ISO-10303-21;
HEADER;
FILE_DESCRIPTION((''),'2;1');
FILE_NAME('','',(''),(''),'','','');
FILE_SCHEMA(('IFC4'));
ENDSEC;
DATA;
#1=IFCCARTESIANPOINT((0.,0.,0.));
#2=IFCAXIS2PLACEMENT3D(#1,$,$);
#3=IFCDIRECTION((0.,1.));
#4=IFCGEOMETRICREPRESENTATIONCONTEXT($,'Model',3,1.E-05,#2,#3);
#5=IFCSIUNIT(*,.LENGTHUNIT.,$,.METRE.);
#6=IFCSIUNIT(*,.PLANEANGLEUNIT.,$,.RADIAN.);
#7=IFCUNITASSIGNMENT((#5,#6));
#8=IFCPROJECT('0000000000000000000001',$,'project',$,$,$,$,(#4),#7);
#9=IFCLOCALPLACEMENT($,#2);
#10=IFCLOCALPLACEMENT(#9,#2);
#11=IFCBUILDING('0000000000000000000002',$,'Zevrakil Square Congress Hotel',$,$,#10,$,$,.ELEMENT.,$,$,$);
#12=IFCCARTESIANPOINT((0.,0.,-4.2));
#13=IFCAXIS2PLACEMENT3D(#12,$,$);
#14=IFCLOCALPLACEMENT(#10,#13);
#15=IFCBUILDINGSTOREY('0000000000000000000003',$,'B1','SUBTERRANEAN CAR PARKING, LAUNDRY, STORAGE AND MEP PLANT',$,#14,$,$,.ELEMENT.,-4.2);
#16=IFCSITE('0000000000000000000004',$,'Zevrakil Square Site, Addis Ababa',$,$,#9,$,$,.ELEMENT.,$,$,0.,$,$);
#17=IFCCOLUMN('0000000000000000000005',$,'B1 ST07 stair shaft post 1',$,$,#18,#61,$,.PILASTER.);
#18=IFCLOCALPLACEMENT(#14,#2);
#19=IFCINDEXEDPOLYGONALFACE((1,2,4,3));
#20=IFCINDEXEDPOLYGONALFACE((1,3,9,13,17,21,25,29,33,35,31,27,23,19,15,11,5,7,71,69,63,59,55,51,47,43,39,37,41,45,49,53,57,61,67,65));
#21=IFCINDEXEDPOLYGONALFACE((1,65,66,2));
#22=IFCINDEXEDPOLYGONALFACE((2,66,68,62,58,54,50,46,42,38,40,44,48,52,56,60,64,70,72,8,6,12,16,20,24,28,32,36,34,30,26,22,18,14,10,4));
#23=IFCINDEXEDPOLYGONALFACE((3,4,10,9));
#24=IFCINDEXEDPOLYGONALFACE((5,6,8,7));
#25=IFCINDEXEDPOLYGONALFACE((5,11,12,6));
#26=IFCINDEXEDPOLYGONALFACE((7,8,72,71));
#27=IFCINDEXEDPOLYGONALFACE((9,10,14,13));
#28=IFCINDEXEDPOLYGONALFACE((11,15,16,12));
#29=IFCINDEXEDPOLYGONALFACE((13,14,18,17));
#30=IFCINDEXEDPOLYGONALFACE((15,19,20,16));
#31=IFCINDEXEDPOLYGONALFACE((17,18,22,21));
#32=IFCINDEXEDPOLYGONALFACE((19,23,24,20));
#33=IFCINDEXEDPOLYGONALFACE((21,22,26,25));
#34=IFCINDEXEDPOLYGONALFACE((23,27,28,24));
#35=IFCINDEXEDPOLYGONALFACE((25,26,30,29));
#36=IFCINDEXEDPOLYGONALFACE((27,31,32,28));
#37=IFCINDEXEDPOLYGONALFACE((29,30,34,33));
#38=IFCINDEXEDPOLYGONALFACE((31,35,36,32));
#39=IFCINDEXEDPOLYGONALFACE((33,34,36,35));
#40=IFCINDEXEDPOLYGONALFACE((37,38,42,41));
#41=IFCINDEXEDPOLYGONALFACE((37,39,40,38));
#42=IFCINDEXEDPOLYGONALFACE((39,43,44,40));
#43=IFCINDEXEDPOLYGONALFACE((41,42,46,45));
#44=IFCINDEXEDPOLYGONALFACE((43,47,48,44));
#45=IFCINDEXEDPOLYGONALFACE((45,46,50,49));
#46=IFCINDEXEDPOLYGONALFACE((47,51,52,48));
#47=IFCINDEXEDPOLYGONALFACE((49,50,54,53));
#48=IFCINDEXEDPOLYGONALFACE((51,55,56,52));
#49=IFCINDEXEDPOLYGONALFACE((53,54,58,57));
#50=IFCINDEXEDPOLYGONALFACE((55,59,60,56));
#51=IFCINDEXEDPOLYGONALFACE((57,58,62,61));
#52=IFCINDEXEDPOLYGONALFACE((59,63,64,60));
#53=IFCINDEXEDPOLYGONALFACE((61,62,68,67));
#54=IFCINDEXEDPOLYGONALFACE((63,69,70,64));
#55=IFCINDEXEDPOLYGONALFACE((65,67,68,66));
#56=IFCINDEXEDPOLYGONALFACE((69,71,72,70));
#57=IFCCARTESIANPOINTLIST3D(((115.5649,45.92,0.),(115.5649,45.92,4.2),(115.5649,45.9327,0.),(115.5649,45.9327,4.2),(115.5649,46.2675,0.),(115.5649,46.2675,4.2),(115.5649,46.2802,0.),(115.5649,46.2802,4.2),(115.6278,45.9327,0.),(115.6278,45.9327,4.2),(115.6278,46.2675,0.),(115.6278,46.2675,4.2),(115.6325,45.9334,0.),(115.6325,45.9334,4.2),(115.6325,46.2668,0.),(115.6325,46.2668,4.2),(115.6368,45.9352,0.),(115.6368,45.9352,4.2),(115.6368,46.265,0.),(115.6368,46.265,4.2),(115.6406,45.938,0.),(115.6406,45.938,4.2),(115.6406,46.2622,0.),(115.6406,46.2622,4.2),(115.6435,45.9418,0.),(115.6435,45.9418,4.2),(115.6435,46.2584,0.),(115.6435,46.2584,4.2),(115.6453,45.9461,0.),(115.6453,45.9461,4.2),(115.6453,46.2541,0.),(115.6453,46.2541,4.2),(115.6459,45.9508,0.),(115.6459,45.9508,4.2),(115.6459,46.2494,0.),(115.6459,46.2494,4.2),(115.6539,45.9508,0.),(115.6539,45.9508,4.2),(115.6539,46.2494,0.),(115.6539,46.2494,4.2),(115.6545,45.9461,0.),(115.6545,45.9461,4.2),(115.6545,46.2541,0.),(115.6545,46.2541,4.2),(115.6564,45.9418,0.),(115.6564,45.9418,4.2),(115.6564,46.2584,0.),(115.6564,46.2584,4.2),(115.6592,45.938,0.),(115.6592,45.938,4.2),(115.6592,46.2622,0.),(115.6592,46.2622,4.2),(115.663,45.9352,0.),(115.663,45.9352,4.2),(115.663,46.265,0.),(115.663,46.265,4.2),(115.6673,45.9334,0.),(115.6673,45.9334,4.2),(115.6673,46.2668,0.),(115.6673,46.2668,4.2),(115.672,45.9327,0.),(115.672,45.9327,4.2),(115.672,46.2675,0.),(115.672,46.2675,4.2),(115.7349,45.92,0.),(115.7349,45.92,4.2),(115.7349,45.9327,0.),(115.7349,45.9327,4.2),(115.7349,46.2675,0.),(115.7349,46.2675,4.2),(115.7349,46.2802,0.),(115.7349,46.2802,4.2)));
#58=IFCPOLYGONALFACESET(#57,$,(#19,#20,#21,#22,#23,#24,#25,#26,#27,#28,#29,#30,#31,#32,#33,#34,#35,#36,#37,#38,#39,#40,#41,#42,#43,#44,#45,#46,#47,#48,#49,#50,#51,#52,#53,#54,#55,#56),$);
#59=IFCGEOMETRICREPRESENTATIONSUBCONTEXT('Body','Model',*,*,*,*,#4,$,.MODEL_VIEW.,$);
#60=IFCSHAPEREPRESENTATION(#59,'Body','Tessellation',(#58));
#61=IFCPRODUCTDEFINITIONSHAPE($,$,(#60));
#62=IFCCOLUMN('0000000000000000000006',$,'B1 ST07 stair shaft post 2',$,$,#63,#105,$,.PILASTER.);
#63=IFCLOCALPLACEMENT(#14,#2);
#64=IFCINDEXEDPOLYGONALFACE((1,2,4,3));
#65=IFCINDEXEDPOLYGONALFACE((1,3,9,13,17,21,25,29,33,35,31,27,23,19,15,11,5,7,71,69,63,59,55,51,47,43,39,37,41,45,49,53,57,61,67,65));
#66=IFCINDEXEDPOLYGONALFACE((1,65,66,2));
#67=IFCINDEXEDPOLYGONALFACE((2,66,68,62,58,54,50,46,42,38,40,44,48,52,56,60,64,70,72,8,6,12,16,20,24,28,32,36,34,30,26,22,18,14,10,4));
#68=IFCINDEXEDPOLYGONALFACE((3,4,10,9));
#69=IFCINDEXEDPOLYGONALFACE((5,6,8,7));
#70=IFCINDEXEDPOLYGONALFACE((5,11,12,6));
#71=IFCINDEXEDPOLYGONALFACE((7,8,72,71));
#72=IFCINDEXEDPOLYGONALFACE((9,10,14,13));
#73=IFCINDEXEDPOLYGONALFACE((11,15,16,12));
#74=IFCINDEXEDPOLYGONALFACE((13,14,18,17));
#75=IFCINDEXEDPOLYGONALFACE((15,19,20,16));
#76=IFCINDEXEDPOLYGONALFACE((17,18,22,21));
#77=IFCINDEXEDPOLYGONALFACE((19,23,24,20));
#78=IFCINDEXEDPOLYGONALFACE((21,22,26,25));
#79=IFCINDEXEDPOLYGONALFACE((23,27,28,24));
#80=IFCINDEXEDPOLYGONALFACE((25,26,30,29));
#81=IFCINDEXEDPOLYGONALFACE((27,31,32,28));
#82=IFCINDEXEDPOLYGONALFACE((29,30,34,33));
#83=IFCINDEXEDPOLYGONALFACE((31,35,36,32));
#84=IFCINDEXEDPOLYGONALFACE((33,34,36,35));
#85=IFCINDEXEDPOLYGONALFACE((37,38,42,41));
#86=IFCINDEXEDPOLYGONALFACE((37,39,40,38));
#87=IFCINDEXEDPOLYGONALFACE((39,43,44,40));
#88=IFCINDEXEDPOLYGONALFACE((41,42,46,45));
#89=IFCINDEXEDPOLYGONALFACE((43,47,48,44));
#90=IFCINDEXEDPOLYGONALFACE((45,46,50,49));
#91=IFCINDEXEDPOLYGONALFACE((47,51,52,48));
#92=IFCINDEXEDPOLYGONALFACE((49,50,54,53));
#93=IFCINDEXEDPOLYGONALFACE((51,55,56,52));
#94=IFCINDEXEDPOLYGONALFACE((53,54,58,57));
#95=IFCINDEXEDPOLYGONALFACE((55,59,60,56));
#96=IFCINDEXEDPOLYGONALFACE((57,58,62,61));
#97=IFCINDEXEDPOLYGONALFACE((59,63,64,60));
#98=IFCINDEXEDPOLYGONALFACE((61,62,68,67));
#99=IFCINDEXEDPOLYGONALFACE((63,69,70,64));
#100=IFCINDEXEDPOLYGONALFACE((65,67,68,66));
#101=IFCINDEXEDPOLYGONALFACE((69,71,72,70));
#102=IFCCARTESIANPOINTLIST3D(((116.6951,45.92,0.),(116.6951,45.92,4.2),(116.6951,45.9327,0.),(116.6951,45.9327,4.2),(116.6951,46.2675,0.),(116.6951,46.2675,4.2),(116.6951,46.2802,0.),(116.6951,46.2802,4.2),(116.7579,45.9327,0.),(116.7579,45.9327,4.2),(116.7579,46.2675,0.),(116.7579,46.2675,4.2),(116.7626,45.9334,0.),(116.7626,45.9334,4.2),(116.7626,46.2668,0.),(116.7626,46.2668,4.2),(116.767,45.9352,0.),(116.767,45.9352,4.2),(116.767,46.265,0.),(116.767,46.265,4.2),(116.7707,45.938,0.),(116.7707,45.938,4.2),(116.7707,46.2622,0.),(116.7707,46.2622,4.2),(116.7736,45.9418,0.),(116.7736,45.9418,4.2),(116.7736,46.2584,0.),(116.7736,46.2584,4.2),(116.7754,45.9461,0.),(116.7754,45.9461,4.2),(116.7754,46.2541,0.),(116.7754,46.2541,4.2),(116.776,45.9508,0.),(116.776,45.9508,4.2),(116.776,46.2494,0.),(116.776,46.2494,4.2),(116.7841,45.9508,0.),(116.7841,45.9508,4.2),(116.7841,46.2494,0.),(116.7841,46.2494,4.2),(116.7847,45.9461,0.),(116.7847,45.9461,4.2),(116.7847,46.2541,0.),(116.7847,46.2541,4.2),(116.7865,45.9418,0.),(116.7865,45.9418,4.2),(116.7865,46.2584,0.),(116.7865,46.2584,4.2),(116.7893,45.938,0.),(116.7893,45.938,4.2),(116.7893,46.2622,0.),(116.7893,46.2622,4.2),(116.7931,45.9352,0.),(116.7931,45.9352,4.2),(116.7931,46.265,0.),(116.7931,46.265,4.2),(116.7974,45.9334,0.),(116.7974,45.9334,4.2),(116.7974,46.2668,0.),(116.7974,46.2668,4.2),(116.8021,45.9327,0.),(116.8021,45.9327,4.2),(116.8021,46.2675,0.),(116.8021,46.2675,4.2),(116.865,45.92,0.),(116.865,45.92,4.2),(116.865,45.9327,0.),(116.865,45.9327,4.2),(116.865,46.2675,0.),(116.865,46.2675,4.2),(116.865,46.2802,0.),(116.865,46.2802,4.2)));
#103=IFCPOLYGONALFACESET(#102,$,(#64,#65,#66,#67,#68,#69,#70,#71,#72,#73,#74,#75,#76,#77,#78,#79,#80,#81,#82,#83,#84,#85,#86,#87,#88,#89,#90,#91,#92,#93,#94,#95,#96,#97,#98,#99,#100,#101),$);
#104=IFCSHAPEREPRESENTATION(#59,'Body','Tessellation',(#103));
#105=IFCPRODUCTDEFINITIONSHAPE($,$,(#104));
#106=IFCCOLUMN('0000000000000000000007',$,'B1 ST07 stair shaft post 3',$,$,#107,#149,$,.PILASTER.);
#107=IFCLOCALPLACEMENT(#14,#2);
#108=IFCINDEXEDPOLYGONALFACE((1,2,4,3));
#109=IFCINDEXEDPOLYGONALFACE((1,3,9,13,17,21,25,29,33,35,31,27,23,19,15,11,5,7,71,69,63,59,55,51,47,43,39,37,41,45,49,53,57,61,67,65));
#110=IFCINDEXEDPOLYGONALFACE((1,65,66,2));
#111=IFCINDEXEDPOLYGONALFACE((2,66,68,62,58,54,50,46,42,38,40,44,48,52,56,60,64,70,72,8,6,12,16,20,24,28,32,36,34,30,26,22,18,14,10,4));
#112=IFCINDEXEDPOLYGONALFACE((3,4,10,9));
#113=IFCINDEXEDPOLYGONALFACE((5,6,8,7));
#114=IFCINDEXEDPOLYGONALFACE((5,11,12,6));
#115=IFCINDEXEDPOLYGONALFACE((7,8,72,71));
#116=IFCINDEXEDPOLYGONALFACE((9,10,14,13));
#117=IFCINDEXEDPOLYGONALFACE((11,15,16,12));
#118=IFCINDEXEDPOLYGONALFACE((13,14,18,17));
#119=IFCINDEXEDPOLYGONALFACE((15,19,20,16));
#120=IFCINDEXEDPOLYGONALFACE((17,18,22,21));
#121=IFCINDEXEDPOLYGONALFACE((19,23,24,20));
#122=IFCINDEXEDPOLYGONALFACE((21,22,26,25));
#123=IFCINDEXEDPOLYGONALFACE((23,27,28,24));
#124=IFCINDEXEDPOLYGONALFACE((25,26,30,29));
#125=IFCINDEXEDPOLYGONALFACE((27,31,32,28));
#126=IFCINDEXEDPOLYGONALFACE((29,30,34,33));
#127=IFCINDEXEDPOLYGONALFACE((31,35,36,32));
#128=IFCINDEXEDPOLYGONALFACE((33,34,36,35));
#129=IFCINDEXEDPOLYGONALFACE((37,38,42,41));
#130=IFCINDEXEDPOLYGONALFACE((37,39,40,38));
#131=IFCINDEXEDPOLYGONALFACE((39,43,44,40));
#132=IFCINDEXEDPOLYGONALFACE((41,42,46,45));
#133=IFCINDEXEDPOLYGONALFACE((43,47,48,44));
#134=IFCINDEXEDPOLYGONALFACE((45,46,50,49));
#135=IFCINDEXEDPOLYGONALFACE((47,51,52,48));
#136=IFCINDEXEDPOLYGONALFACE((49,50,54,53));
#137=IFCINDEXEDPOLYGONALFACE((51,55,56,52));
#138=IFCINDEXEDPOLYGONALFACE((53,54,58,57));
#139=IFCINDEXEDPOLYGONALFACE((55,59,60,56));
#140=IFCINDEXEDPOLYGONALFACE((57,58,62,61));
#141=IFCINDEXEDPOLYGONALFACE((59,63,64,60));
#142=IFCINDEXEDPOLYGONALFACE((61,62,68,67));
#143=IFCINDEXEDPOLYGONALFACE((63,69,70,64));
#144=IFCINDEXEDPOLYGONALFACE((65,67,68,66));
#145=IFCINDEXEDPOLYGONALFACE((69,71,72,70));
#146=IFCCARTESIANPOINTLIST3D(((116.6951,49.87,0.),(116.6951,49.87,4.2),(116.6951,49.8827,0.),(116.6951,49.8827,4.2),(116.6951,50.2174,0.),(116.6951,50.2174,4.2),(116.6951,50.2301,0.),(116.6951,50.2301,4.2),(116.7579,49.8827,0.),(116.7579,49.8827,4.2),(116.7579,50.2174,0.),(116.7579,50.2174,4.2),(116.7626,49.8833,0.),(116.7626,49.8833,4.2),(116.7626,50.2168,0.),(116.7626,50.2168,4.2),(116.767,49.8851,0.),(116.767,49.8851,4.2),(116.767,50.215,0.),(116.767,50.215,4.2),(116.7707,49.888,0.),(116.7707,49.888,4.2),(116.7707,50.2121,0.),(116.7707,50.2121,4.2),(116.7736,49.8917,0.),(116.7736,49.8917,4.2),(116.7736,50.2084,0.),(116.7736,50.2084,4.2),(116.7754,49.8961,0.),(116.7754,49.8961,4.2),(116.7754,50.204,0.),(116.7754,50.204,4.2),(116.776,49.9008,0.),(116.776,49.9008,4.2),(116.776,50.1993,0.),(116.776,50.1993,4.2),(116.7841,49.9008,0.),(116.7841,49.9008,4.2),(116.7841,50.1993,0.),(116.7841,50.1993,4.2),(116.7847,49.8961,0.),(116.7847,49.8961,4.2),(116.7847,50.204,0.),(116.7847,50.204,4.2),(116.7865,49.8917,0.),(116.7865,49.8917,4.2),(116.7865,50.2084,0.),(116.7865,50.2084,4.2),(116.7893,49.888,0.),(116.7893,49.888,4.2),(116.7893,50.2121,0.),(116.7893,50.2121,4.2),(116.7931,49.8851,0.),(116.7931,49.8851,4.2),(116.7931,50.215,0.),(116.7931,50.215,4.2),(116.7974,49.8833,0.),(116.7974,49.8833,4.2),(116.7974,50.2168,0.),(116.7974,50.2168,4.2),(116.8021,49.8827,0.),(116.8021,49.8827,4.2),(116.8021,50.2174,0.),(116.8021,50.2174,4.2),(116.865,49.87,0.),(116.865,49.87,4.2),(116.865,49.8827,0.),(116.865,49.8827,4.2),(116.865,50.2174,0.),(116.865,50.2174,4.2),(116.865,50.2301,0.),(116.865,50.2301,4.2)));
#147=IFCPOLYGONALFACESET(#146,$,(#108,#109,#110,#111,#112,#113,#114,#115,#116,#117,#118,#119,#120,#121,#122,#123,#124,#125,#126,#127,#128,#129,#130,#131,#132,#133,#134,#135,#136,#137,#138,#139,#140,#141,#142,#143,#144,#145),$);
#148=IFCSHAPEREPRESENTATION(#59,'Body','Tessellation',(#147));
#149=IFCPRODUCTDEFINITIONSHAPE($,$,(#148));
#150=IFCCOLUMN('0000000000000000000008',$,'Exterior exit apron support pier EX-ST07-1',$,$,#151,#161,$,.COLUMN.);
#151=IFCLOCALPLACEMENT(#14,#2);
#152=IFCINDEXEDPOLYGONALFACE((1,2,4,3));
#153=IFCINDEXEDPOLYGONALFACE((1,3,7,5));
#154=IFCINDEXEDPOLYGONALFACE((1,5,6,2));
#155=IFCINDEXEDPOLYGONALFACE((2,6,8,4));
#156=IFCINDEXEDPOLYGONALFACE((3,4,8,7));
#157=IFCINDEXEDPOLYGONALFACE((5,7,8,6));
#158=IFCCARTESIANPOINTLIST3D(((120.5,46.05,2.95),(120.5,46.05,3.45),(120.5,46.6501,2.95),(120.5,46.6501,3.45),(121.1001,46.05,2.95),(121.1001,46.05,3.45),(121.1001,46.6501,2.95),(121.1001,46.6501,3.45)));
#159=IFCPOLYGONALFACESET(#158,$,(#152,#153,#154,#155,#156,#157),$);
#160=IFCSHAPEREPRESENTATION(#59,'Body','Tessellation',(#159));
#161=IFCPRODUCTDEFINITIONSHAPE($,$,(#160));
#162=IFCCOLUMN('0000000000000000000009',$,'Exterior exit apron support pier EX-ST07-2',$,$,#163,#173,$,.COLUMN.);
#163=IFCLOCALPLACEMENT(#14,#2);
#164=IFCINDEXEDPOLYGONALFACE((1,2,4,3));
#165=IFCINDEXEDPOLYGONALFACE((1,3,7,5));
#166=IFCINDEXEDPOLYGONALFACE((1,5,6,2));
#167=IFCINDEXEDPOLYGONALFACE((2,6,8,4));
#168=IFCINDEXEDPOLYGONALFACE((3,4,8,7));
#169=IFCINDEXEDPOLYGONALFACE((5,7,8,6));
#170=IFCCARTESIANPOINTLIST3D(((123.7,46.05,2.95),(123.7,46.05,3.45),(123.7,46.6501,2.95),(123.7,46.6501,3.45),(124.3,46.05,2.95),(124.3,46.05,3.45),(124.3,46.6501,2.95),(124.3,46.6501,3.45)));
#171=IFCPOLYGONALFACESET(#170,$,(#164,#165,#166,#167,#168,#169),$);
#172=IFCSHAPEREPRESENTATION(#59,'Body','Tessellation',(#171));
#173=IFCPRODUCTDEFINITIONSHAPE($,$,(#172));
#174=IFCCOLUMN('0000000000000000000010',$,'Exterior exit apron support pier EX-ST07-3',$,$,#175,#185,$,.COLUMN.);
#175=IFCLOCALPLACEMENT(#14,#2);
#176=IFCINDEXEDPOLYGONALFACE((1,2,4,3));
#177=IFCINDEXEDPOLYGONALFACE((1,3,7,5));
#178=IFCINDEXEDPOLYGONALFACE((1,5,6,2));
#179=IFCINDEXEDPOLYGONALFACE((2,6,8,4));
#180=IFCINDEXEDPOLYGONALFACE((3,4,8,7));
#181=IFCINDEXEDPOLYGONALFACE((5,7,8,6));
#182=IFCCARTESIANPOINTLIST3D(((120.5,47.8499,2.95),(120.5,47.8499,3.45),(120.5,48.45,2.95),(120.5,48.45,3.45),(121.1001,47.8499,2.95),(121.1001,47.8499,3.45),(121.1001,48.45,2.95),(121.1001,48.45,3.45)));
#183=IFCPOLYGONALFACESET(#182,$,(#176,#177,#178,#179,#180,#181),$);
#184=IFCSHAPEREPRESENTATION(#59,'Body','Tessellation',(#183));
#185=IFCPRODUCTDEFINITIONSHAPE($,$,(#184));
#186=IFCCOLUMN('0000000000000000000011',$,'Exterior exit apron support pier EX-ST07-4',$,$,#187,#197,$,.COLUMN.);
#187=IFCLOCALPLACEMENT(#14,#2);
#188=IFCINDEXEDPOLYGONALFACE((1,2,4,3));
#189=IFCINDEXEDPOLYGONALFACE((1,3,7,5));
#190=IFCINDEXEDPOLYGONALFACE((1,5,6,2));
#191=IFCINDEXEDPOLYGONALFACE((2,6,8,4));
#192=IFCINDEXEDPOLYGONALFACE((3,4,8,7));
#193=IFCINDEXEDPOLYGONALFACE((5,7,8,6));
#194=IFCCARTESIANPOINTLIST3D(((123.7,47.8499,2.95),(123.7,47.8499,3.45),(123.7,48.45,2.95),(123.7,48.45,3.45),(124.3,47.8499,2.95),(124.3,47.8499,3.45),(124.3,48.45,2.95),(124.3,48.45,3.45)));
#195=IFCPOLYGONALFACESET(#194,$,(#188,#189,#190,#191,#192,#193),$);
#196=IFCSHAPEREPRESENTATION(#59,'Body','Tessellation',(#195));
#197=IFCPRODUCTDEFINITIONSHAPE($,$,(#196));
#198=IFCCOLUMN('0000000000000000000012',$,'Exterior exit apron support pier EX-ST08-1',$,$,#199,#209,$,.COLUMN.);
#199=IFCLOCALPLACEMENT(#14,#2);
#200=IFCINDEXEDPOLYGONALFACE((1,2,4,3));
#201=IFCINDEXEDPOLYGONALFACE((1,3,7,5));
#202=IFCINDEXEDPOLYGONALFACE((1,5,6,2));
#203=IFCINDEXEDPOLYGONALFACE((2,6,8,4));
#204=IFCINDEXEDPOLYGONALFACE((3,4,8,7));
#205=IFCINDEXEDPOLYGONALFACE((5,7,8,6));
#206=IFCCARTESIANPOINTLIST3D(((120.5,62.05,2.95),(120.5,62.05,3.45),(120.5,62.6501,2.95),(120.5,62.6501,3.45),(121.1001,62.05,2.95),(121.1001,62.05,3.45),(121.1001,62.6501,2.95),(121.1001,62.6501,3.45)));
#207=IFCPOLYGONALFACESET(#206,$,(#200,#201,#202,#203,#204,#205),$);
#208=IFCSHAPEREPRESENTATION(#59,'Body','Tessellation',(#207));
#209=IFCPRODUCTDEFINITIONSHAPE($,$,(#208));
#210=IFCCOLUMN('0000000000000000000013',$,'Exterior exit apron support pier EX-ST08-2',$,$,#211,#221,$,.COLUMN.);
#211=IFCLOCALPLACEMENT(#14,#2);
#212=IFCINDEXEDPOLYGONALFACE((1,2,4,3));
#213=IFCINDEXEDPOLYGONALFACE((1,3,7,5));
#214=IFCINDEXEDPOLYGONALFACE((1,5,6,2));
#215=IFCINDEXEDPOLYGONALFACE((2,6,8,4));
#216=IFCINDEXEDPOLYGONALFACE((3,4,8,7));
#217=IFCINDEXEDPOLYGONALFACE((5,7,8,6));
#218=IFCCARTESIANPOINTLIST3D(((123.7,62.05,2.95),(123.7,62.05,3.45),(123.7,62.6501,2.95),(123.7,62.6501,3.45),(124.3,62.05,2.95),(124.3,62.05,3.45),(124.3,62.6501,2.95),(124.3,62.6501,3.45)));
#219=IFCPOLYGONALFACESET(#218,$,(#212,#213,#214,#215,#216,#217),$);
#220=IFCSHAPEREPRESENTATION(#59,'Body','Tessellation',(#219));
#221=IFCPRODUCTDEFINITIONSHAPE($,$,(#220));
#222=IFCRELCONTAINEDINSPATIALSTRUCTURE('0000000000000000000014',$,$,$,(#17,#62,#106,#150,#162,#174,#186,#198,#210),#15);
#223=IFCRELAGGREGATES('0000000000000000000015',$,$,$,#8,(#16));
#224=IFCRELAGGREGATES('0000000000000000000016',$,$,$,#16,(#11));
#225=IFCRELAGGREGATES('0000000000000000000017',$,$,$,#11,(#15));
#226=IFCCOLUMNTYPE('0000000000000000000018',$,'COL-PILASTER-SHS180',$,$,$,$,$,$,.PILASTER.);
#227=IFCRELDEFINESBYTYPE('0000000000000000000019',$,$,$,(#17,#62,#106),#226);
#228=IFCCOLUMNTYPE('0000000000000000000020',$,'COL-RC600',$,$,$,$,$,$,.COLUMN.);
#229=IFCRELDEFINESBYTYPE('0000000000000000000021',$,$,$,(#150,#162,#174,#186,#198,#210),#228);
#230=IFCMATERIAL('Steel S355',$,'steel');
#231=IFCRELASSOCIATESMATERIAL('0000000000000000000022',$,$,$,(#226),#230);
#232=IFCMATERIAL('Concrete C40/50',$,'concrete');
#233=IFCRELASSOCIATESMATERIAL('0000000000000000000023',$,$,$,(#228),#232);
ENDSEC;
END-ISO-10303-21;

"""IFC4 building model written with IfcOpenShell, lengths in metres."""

from ifc_helpers import new_model, si_unit, direction, frame, origin, origin_2d, place, context, subcontext, project, spatial, rectangle, i_section, extrude, material, material_profile, profile_set, type_object, element, save


model = new_model("IFC4")

# Units and contexts
model_context = context("Model", 3, precision=1e-05, world=origin(), true_north=direction((0.0, 1.0)))
body_context = subcontext(model_context, "Body", "Model", "MODEL_VIEW")
ifc_project = project(units=[si_unit("LENGTHUNIT", "METRE"), si_unit("PLANEANGLEUNIT", "RADIAN")], contexts=[model_context])

# Site, building, storey
site_placement = place(None, origin())
site = spatial("IfcSite", under=ifc_project, at=site_placement, Name="Zevrakil Square Site, Addis Ababa", CompositionType="ELEMENT", RefElevation=0.0)
building_placement = place(site_placement, origin())
building = spatial("IfcBuilding", under=site, at=building_placement, Name="Zevrakil Square Congress Hotel", CompositionType="ELEMENT")
storey_placement = place(building_placement, frame((0.0, 0.0, -4.2)))
storey = spatial("IfcBuildingStorey", under=building, at=storey_placement, Name="B1", Description="SUBTERRANEAN CAR PARKING, LAUNDRY, STORAGE AND MEP PLANT", CompositionType="ELEMENT", Elevation=-4.2)

# Columns
ifc_material_1 = material(Name="Steel S355", Category="steel")
ifc_material_profile_1 = material_profile(ifc_material_1, i_section(OverallWidth=0.1699, OverallDepth=0.3601, WebThickness=0.0081, FlangeThickness=0.0127, FilletRadius=0.0181, at=origin_2d()), Name="IPE 360")
ifc_profile_set_1 = profile_set([ifc_material_profile_1], Name="Steel S355")
column_type_1 = type_object("IfcColumnType", Name="COL-PILASTER-SHS180", PredefinedType="PILASTER", material=ifc_profile_set_1)
for number, where, z_axis, x_axis, name in (
    (1, (115.6499, 46.1001, 0.0), (0.0, 0.0, 1.0), (1.0, 0.0, 0.0), "B1 ST07 stair shaft post 1"),
    (2, (116.78, 46.1001, 0.0), (0.0, 0.0, 1.0), (1.0, 0.0, 0.0), "B1 ST07 stair shaft post 2"),
    (3, (116.78, 50.05, 0.0), (0.0, 0.0, 1.0), (1.0, 0.0, 0.0), "B1 ST07 stair shaft post 3"),
):
    element("IfcColumn", number, at=place(storey_placement, frame(where, z_axis=z_axis, x_axis=x_axis)), inside=storey, type_object=column_type_1, Name=name, PredefinedType="PILASTER", context=body_context, shape_type="SweptSolid", body=[
        extrude(i_section(OverallWidth=0.1699, OverallDepth=0.3601, WebThickness=0.0081, FlangeThickness=0.0127, FilletRadius=0.0181, at=origin_2d()), origin(), (0.0, 0.0, 1.0), 4.2),
    ])
ifc_material_2 = material(Name="Concrete C40/50", Category="concrete")
ifc_material_profile_2 = material_profile(ifc_material_2, rectangle(XDim=0.6001, YDim=0.6001, at=origin_2d()), Name="RC 600x600")
ifc_profile_set_2 = profile_set([ifc_material_profile_2], Name="Concrete C40/50")
column_type_2 = type_object("IfcColumnType", Name="COL-RC600", PredefinedType="COLUMN", material=ifc_profile_set_2)
for number, where, z_axis, x_axis, name in (
    (4, (120.8, 46.3501, 2.95), (0.0, 0.0, 1.0), (1.0, 0.0, 0.0), "Exterior exit apron support pier EX-ST07-1"),
    (5, (124.0, 46.3501, 2.95), (0.0, 0.0, 1.0), (1.0, 0.0, 0.0), "Exterior exit apron support pier EX-ST07-2"),
    (6, (120.8, 48.1499, 2.95), (0.0, 0.0, 1.0), (1.0, 0.0, 0.0), "Exterior exit apron support pier EX-ST07-3"),
    (7, (124.0, 48.1499, 2.95), (0.0, 0.0, 1.0), (1.0, 0.0, 0.0), "Exterior exit apron support pier EX-ST07-4"),
    (8, (120.8, 62.3501, 2.95), (0.0, 0.0, 1.0), (1.0, 0.0, 0.0), "Exterior exit apron support pier EX-ST08-1"),
    (9, (124.0, 62.3501, 2.95), (0.0, 0.0, 1.0), (1.0, 0.0, 0.0), "Exterior exit apron support pier EX-ST08-2"),
):
    element("IfcColumn", number, at=place(storey_placement, frame(where, z_axis=z_axis, x_axis=x_axis)), inside=storey, type_object=column_type_2, Name=name, PredefinedType="COLUMN", context=body_context, shape_type="SweptSolid", body=[
        extrude(rectangle(XDim=0.6001, YDim=0.6001, at=origin_2d()), origin(), (0.0, 0.0, 1.0), 0.5),
    ])

save(model, "model.ifc")
